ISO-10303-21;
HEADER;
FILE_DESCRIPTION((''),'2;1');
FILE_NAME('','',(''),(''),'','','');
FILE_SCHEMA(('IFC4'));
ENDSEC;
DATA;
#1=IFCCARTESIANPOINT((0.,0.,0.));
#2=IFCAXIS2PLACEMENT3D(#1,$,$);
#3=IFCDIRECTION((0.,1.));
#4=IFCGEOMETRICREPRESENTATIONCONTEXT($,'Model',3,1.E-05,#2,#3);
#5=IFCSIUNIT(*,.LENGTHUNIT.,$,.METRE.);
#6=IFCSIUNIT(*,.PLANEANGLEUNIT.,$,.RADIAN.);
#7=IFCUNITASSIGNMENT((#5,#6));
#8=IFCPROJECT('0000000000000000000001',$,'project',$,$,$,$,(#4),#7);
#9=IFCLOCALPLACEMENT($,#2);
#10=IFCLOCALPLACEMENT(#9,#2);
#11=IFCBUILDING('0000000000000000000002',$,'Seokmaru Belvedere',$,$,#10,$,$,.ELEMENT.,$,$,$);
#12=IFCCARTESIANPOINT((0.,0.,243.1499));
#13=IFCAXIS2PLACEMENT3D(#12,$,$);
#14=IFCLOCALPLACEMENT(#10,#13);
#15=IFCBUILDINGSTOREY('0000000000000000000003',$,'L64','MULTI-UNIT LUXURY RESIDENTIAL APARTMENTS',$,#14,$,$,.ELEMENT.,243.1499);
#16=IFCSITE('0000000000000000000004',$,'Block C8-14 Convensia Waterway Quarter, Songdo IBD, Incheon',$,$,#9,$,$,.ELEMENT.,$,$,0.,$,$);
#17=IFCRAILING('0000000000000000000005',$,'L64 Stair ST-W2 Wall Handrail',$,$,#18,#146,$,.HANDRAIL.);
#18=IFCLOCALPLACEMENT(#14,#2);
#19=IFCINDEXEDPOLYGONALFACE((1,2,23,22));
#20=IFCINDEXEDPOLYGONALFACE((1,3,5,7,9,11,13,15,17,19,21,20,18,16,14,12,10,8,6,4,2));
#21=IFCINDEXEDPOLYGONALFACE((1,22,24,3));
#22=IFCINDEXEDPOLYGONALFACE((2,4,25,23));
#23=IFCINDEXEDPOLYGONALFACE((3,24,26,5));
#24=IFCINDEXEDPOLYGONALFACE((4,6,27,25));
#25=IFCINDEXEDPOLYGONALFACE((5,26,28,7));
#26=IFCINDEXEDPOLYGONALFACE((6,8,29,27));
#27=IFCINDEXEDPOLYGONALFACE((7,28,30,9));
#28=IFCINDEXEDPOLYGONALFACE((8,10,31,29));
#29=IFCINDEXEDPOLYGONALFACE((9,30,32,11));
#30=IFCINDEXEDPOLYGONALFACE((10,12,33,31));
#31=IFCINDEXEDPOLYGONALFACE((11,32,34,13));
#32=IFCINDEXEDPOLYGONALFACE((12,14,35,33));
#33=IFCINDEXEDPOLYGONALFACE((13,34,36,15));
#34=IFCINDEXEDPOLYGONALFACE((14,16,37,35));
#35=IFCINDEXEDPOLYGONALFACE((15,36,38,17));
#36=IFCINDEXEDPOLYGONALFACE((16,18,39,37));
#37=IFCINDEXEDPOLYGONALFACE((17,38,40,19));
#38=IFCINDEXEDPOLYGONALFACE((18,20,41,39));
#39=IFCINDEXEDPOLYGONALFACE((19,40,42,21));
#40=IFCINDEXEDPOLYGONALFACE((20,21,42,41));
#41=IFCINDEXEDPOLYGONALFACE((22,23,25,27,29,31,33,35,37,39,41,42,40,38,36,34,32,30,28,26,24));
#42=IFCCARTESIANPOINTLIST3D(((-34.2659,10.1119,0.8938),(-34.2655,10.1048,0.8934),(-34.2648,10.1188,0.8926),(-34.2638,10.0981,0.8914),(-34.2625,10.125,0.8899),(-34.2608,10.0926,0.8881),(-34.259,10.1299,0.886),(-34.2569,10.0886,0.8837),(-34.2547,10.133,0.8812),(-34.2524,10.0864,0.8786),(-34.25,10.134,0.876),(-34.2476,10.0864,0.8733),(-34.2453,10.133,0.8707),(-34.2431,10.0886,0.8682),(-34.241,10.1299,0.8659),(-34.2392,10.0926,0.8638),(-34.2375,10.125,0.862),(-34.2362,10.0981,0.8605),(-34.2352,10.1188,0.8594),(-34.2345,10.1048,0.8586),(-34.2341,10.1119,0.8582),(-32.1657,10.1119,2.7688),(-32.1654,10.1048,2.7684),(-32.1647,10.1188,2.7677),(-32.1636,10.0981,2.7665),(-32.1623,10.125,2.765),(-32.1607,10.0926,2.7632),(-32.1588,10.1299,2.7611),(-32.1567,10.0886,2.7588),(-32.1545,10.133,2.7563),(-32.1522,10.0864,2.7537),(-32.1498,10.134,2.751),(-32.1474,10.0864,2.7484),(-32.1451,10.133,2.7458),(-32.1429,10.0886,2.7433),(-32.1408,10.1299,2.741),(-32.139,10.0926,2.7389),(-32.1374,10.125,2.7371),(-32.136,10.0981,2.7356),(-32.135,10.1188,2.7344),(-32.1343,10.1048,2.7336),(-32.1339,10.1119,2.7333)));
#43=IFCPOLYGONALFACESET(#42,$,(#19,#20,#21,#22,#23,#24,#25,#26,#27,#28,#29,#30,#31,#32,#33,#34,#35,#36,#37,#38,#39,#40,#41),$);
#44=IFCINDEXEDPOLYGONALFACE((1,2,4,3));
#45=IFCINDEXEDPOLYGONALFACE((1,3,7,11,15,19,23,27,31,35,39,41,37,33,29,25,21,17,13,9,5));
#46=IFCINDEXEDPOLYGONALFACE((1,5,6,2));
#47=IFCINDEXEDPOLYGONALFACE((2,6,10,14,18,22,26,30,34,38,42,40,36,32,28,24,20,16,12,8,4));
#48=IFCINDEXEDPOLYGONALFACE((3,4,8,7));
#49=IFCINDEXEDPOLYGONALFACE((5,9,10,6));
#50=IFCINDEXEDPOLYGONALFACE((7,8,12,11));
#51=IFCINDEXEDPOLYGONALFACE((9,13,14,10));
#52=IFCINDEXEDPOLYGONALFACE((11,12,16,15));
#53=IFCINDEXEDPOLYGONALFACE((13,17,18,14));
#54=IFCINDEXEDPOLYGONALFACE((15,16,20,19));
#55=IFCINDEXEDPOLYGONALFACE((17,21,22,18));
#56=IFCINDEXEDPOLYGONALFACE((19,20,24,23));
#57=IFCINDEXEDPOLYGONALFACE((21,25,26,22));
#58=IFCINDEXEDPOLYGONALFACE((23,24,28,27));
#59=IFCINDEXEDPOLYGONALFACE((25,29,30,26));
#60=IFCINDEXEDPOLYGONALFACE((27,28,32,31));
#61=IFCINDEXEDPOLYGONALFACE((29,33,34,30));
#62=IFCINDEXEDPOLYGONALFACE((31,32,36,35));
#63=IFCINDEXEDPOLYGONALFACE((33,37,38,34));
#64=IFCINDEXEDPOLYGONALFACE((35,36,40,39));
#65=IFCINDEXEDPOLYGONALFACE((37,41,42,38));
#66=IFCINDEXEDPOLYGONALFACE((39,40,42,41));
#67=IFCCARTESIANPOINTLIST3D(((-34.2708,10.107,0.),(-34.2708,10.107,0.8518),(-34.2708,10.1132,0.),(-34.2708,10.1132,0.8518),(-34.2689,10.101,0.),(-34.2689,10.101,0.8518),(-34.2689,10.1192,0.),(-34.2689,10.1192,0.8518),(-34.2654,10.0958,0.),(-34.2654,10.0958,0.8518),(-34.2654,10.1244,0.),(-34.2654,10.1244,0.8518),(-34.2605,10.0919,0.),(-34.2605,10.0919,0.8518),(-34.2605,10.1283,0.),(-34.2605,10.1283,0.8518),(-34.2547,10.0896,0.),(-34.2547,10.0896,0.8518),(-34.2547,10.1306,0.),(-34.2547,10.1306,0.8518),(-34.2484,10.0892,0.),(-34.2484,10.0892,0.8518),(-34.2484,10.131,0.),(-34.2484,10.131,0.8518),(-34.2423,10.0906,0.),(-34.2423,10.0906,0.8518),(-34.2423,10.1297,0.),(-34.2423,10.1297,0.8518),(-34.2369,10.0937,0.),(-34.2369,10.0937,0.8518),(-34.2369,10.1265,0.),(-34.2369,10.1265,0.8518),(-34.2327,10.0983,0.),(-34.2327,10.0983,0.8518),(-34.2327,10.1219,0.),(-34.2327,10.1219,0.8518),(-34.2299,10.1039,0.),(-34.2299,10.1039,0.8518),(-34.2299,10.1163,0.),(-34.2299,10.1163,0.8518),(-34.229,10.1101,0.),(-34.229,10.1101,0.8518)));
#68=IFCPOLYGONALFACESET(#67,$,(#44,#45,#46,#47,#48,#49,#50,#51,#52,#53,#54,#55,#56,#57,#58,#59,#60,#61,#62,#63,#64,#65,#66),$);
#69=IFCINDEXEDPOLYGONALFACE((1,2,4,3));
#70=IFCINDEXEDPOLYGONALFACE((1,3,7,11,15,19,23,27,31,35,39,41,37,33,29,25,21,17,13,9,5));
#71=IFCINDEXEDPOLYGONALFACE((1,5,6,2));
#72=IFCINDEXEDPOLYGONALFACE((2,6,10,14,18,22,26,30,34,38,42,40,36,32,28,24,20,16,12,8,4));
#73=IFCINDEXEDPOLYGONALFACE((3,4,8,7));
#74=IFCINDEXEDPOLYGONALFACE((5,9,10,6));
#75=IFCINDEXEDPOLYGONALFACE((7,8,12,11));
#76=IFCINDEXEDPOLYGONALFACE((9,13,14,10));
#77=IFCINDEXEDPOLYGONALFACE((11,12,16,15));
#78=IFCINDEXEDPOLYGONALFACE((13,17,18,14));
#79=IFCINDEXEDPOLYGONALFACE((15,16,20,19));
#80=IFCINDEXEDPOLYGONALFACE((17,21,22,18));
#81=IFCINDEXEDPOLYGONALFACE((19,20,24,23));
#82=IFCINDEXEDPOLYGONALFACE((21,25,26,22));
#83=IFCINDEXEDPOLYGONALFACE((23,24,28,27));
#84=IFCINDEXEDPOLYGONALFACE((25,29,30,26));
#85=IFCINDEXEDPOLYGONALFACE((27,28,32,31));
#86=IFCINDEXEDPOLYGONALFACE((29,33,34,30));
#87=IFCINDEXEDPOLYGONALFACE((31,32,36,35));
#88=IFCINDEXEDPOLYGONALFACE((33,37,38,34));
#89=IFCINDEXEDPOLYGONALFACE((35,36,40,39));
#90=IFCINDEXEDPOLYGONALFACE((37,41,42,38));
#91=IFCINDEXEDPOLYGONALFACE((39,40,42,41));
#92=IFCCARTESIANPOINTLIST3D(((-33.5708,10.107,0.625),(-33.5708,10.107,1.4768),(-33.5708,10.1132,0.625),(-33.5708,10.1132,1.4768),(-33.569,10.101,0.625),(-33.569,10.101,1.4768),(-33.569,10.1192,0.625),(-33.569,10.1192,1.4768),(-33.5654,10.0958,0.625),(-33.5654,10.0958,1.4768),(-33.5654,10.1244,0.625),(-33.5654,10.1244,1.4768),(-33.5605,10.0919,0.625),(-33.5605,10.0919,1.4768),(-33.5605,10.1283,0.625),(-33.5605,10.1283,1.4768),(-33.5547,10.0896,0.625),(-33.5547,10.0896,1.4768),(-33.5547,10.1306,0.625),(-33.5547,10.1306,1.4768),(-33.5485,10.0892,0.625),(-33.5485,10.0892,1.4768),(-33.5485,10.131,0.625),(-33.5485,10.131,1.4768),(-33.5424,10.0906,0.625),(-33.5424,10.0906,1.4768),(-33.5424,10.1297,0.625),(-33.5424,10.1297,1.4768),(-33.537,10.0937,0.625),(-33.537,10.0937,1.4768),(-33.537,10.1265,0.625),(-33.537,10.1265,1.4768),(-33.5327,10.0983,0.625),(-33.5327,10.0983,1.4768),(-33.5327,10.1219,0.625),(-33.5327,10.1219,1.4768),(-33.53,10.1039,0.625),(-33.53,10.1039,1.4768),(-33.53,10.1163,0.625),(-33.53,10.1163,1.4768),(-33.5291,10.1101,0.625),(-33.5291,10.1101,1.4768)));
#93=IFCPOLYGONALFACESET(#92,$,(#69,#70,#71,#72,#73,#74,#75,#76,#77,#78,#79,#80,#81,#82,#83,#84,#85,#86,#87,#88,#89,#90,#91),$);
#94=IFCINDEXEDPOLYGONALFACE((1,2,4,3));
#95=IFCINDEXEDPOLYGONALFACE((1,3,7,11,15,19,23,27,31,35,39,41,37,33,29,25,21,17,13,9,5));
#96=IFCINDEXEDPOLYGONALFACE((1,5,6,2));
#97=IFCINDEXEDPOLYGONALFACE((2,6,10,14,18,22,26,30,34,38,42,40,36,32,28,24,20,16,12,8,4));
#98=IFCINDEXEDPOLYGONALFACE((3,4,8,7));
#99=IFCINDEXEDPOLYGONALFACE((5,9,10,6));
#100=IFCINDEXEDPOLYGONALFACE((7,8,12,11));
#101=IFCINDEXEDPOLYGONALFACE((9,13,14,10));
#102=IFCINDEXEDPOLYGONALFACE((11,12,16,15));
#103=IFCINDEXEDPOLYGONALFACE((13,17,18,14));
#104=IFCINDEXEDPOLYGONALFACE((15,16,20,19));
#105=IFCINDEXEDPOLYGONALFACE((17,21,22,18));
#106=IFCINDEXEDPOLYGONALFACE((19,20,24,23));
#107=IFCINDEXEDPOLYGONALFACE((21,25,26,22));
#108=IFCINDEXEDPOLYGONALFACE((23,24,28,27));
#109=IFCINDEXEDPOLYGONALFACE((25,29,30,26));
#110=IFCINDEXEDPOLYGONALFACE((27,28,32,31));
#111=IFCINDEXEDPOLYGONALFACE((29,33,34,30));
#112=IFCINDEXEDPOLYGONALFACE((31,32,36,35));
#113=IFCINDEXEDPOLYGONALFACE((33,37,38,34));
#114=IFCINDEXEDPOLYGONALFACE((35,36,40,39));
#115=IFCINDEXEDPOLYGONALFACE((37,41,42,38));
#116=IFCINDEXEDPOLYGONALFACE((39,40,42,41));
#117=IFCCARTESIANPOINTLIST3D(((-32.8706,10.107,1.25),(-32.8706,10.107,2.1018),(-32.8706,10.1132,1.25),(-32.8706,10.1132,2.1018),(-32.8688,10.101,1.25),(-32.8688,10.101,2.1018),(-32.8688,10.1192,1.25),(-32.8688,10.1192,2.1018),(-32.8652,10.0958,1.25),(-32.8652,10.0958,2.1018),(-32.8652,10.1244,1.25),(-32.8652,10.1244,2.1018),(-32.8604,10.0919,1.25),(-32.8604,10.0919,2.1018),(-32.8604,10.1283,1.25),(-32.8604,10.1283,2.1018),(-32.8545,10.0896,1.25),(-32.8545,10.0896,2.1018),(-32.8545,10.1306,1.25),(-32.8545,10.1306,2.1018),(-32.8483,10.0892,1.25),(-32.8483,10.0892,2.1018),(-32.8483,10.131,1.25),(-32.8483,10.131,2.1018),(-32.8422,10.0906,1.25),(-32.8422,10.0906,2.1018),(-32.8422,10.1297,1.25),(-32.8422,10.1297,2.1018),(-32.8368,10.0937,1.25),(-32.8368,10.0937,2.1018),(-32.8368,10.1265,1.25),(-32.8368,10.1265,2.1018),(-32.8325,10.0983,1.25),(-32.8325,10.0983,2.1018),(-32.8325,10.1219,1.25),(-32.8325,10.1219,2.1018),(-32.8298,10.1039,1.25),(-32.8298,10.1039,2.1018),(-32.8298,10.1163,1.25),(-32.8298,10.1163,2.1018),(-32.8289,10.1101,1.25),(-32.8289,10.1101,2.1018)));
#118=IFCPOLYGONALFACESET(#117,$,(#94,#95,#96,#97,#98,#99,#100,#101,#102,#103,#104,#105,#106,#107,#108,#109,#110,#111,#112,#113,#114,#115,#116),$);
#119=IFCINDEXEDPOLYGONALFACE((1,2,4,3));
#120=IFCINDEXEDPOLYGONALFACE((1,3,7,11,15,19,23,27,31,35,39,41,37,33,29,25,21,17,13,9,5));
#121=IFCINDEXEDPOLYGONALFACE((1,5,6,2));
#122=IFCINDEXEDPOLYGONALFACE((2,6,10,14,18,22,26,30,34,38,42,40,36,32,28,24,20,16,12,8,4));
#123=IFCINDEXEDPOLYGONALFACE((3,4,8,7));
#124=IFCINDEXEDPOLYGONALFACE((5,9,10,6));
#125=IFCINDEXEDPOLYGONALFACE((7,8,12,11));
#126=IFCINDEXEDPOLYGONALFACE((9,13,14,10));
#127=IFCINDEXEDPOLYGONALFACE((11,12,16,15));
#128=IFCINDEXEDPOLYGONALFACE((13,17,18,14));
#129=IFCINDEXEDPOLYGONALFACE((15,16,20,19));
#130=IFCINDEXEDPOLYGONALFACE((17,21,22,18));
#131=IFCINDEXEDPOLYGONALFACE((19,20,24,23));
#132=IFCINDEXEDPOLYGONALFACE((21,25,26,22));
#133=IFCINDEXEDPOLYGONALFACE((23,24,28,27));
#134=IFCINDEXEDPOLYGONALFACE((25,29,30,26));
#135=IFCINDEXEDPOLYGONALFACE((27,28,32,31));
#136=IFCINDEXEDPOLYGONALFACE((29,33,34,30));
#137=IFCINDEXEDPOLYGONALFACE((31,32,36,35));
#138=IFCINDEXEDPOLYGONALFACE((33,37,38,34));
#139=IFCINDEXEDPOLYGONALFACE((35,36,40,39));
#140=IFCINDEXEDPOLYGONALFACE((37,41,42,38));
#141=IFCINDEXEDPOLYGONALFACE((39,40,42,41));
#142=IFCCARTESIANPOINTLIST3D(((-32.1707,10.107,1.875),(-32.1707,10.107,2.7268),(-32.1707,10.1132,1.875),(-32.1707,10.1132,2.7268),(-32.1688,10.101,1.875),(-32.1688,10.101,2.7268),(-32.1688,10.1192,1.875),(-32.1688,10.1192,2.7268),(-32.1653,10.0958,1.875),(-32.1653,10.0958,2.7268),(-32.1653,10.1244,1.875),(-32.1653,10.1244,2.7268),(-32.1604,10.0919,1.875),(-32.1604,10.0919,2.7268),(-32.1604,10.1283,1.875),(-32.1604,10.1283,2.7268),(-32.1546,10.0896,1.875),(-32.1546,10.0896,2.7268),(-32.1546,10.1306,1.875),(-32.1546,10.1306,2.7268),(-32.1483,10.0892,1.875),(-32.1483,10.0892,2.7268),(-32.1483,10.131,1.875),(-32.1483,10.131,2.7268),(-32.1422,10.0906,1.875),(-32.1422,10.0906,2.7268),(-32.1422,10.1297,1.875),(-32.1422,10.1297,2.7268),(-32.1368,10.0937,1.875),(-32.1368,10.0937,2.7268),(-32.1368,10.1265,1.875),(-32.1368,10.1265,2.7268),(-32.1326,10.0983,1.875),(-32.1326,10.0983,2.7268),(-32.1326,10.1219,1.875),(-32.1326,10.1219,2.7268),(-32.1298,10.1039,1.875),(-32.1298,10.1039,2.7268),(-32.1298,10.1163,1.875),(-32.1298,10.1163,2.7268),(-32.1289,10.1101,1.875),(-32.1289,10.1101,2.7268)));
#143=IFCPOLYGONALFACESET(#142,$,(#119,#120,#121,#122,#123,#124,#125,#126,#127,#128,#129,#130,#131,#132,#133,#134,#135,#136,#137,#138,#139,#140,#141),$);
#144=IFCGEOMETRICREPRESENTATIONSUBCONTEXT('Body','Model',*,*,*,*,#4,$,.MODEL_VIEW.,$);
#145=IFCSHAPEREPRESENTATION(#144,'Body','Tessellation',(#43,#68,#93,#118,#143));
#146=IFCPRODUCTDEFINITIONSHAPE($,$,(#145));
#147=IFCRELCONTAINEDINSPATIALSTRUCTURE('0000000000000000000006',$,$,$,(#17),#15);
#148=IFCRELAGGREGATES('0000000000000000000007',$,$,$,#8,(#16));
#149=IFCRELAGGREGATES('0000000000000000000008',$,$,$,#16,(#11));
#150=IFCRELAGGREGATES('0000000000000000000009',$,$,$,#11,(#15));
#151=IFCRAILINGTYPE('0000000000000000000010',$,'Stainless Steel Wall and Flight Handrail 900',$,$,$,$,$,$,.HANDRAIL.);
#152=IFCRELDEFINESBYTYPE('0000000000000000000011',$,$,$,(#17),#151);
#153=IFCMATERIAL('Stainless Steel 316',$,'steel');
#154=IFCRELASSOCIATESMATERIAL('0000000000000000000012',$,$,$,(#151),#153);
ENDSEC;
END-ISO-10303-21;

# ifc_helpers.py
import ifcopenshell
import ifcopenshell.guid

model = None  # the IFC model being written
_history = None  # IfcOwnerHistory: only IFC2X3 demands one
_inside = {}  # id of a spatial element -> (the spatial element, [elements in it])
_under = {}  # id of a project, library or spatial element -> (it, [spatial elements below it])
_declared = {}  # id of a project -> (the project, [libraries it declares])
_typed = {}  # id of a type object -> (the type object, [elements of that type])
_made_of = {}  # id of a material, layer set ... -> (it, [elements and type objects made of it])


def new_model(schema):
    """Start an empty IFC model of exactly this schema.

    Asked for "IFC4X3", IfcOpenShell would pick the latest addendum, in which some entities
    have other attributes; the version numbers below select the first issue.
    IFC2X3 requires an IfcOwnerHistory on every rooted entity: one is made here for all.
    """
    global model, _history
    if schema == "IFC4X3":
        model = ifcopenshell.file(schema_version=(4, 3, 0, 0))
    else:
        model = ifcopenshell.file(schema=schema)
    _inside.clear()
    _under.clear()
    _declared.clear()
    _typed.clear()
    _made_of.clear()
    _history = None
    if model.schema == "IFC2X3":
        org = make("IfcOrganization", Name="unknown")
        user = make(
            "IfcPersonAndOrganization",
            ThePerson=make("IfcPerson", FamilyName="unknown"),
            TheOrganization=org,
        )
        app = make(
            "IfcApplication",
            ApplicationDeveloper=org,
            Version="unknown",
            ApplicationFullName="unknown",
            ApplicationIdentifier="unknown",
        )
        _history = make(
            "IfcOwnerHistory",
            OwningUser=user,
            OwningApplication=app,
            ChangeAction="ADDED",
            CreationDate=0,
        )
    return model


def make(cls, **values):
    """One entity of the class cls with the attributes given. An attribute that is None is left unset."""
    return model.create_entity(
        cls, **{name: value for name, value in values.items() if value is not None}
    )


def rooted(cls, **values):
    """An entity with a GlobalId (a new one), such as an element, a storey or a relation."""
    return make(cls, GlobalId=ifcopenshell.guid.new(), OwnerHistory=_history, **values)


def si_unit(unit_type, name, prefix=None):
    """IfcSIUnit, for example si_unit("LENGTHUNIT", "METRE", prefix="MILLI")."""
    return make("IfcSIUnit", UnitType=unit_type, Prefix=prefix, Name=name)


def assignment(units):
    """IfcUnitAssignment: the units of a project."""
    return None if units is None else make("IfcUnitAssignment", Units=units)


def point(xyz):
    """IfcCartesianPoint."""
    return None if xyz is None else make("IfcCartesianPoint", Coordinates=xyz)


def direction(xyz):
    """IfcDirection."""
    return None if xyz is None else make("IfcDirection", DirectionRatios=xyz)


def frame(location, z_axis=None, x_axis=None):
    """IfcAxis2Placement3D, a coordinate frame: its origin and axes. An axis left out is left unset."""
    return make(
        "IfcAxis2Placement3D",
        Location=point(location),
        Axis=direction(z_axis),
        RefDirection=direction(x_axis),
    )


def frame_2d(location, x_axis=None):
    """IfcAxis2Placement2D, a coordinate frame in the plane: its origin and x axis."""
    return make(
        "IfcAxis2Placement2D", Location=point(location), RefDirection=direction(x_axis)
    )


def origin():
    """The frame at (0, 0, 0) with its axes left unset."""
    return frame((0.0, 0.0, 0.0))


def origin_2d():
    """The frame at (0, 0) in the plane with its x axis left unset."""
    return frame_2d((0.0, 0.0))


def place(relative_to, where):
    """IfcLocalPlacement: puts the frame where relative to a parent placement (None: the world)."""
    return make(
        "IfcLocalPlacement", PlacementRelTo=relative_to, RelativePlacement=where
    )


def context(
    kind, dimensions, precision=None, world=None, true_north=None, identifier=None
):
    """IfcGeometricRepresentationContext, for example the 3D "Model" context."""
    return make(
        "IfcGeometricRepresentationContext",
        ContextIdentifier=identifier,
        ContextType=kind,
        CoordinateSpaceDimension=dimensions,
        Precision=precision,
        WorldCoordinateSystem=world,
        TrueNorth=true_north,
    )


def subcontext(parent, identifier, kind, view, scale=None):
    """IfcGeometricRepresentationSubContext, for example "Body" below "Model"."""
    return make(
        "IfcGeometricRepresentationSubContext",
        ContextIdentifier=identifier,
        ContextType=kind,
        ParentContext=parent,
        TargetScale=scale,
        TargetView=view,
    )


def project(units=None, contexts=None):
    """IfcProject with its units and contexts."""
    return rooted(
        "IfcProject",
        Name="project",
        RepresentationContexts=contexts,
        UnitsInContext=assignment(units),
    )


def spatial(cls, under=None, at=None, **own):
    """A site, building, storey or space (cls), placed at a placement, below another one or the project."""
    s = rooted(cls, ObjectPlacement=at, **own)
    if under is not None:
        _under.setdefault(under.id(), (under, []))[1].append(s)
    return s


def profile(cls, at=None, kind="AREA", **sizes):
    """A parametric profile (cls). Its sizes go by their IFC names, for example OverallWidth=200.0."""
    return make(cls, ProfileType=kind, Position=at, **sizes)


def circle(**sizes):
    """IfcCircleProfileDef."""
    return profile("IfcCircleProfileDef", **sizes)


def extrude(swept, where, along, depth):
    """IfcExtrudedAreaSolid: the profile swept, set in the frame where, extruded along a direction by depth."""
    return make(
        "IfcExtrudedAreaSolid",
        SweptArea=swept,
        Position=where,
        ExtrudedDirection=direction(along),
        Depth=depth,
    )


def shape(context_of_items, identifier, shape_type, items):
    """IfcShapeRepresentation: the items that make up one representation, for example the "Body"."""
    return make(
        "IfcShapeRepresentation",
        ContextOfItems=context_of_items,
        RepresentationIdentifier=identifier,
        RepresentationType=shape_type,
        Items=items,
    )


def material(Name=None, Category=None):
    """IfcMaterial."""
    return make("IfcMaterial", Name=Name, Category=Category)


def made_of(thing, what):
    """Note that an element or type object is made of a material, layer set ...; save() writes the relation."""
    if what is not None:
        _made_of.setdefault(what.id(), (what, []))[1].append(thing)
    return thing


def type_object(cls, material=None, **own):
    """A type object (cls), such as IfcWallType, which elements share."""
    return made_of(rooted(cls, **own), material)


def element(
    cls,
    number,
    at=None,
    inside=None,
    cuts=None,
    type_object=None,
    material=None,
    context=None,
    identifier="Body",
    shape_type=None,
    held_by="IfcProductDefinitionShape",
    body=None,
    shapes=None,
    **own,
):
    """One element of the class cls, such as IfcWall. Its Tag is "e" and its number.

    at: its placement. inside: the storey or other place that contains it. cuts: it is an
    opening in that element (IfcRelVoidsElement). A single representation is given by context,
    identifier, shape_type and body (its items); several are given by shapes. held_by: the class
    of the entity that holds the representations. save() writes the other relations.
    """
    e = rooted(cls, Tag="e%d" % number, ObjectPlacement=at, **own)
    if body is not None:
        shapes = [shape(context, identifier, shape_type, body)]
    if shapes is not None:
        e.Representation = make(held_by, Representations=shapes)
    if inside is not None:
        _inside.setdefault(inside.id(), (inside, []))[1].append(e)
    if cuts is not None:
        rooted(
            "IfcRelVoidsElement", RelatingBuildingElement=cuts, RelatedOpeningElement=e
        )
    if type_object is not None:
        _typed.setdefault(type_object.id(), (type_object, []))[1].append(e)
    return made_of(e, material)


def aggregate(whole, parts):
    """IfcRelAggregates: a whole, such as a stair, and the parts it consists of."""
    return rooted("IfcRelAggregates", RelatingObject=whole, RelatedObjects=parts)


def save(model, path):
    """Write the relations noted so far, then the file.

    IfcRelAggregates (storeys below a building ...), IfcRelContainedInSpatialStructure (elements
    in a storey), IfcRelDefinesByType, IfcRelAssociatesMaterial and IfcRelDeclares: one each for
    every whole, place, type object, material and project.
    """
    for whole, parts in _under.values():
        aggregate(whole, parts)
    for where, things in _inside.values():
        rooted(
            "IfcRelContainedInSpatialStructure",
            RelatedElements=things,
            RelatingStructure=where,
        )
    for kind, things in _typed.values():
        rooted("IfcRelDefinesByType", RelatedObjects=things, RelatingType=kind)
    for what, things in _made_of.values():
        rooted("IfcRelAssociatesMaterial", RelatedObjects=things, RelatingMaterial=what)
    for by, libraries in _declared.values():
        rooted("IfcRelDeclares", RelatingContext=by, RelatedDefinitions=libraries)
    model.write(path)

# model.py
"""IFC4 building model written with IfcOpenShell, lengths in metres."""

from ifc_helpers import new_model, si_unit, direction, frame, origin, origin_2d, place, context, subcontext, project, spatial, circle, extrude, material, type_object, element, save


model = new_model("IFC4")

# Units and contexts
model_context = context("Model", 3, precision=1e-05, world=origin(), true_north=direction((0.0, 1.0)))
body_context = subcontext(model_context, "Body", "Model", "MODEL_VIEW")
ifc_project = project(units=[si_unit("LENGTHUNIT", "METRE"), si_unit("PLANEANGLEUNIT", "RADIAN")], contexts=[model_context])

# Site, building, storey
site_placement = place(None, origin())
site = spatial("IfcSite", under=ifc_project, at=site_placement, Name="Block C8-14 Convensia Waterway Quarter, Songdo IBD, Incheon", CompositionType="ELEMENT", RefElevation=0.0)
building_placement = place(site_placement, origin())
building = spatial("IfcBuilding", under=site, at=building_placement, Name="Seokmaru Belvedere", CompositionType="ELEMENT")
storey_placement = place(building_placement, frame((0.0, 0.0, 243.1499)))
storey = spatial("IfcBuildingStorey", under=building, at=storey_placement, Name="L64", Description="MULTI-UNIT LUXURY RESIDENTIAL APARTMENTS", CompositionType="ELEMENT", Elevation=243.1499)

# Railing
ifc_material_1 = material(Name="Stainless Steel 316", Category="steel")
railing_type_1 = type_object("IfcRailingType", Name="Stainless Steel Wall and Flight Handrail 900", PredefinedType="HANDRAIL", material=ifc_material_1)
railing_1_placement = place(storey_placement, frame((-34.25, 10.1101, 0.0)))
element("IfcRailing", 1, at=railing_1_placement, inside=storey, type_object=railing_type_1, Name="L64 Stair ST-W2 Wall Handrail", PredefinedType="HANDRAIL", context=body_context, shape_type="SweptSolid", body=[
    extrude(circle(Radius=0.0239, at=origin_2d()), frame((0.0, 0.0, 0.876), z_axis=(0.745953, 0.0, 0.665999), x_axis=(0.0, 1.0, 0.0)), (0.0, 0.0, 1.0), 2.8154),
    extrude(circle(Radius=0.021, at=origin_2d()), origin(), (0.0, 0.0, 1.0), 0.8518),
    extrude(circle(Radius=0.021, at=origin_2d()), frame((0.7, 0.0, 0.625)), (0.0, 0.0, 1.0), 0.8518),
    extrude(circle(Radius=0.021, at=origin_2d()), frame((1.4001, 0.0, 1.25)), (0.0, 0.0, 1.0), 0.8518),
    extrude(circle(Radius=0.021, at=origin_2d()), frame((2.1001, 0.0, 1.875)), (0.0, 0.0, 1.0), 0.8518),
])

save(model, "model.ifc")
